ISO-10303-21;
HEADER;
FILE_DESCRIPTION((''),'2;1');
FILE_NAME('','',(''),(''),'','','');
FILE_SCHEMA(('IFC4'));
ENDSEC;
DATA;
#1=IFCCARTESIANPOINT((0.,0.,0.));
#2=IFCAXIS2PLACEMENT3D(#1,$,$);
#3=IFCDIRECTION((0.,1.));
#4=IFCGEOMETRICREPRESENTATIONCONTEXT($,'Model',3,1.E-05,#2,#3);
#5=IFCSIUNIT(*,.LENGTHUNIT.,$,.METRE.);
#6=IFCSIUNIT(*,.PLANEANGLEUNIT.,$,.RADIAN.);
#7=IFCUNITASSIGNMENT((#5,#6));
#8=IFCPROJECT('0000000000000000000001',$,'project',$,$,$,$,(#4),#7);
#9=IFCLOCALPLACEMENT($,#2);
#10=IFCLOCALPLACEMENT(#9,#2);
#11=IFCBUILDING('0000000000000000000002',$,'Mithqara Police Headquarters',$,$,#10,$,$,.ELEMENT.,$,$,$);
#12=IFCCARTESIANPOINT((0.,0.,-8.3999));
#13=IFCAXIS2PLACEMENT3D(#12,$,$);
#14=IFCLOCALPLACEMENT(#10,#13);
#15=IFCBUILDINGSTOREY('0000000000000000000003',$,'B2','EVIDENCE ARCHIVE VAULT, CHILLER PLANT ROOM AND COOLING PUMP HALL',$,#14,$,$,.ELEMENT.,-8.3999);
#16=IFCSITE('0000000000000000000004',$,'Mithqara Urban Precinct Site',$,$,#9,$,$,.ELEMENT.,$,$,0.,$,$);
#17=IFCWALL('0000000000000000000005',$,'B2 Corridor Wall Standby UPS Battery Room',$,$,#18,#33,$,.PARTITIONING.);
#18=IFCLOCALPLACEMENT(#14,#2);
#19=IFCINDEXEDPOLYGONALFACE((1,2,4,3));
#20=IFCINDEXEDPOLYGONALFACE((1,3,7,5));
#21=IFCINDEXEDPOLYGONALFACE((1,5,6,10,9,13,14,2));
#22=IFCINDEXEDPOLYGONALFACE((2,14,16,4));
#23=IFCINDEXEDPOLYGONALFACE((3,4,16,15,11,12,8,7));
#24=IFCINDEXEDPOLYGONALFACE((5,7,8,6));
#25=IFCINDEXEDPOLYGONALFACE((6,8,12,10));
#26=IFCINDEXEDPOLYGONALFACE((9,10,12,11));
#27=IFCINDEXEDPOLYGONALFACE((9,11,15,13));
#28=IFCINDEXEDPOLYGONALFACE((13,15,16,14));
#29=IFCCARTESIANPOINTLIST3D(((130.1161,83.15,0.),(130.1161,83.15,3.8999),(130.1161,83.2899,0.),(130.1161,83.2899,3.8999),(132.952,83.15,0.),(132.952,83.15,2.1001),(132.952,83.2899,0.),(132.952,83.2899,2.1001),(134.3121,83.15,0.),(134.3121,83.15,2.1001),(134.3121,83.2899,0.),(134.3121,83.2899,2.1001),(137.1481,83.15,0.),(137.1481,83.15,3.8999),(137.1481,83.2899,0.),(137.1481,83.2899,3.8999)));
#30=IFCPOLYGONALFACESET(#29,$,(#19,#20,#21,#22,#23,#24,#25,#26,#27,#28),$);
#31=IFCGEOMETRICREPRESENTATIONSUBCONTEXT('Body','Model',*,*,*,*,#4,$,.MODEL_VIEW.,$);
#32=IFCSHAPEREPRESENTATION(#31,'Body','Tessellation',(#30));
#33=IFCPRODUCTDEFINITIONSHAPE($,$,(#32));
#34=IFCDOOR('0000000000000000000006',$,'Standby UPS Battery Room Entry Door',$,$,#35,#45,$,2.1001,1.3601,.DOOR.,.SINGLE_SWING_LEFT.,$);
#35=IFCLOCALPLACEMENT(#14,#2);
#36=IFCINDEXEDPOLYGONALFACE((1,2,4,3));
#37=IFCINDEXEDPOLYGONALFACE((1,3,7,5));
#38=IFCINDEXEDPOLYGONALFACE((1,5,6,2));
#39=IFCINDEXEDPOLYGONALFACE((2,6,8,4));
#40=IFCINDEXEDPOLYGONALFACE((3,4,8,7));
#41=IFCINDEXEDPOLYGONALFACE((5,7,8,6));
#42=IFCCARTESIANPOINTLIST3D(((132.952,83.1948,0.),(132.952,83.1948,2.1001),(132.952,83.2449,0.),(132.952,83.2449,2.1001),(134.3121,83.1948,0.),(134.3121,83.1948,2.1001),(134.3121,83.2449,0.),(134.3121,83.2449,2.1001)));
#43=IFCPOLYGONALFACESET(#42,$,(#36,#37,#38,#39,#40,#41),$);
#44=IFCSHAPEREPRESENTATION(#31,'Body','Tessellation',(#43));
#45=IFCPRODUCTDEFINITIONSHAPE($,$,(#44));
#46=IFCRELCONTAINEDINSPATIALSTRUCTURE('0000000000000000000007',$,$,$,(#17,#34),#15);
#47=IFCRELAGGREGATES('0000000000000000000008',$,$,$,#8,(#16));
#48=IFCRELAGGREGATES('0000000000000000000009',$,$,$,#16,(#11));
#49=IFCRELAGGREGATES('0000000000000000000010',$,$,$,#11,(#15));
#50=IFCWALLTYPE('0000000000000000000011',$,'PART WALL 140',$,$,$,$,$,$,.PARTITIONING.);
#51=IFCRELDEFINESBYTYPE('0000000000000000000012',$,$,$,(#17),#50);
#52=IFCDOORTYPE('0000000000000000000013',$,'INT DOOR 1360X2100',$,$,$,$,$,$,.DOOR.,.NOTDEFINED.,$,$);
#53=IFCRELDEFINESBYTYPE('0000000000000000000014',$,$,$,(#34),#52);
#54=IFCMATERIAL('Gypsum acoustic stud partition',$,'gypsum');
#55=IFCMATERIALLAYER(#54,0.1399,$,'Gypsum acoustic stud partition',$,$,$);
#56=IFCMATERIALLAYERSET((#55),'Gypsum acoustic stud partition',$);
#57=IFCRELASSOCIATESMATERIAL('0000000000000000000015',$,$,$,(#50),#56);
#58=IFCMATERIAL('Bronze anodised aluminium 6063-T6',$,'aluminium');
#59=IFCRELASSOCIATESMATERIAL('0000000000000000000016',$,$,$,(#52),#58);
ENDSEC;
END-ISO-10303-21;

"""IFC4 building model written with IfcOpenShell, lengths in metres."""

from ifc_helpers import new_model, si_unit, direction, frame, frame_2d, origin, place, context, subcontext, project, spatial, rectangle, extrude, material, layer, layer_set, type_object, element, fill, save


model = new_model("IFC4")

# Units and contexts
model_context = context("Model", 3, precision=1e-05, world=origin(), true_north=direction((0.0, 1.0)))
body_context = subcontext(model_context, "Body", "Model", "MODEL_VIEW")
ifc_project = project(units=[si_unit("LENGTHUNIT", "METRE"), si_unit("PLANEANGLEUNIT", "RADIAN")], contexts=[model_context])

# Site, building, storey
site_placement = place(None, origin())
site = spatial("IfcSite", under=ifc_project, at=site_placement, Name="Mithqara Urban Precinct Site", CompositionType="ELEMENT", RefElevation=0.0)
building_placement = place(site_placement, origin())
building = spatial("IfcBuilding", under=site, at=building_placement, Name="Mithqara Police Headquarters", CompositionType="ELEMENT")
storey_placement = place(building_placement, frame((0.0, 0.0, -8.3999)))
storey = spatial("IfcBuildingStorey", under=building, at=storey_placement, Name="B2", Description="EVIDENCE ARCHIVE VAULT, CHILLER PLANT ROOM AND COOLING PUMP HALL", CompositionType="ELEMENT", Elevation=-8.3999)

# Shared definitions
ifc_material_1 = material(Name="Gypsum acoustic stud partition", Category="gypsum")
ifc_layer = layer(ifc_material_1, 0.1399, Name="Gypsum acoustic stud partition")
ifc_layer_set = layer_set([ifc_layer], Name="Gypsum acoustic stud partition")
wall_type = type_object("IfcWallType", Name="PART WALL 140", PredefinedType="PARTITIONING", material=ifc_layer_set)

# Wall, opening, door
wall_1_placement = place(storey_placement, frame((130.116, 83.22, 0.0), z_axis=(0.0, 0.0, 1.0), x_axis=(1.0, 0.0, 0.0)))
wall_1 = element("IfcWall", 1, at=wall_1_placement, inside=storey, type_object=wall_type, Name="B2 Corridor Wall Standby UPS Battery Room", PredefinedType="PARTITIONING", context=body_context, shape_type="SweptSolid", body=[
    extrude(rectangle(XDim=7.032, YDim=0.1399, at=frame_2d((3.5161, 0.0))), origin(), (0.0, 0.0, 1.0), 3.8999),
])
opening_placement = place(wall_1_placement, frame((2.8359, 0.0, 0.0)))
opening = element("IfcOpeningElement", 2, at=opening_placement, cuts=wall_1, PredefinedType="OPENING", context=body_context, shape_type="SweptSolid", body=[
    extrude(rectangle(XDim=1.3601, YDim=2.1001, at=frame_2d((0.6802, 1.05))), frame((0.0, 0.0801, 0.0), z_axis=(0.0, -1.0, 0.0), x_axis=(1.0, 0.0, 0.0)), (0.0, 0.0, 1.0), 0.1599),
])
ifc_material_2 = material(Name="Bronze anodised aluminium 6063-T6", Category="aluminium")
door_type = type_object("IfcDoorType", Name="INT DOOR 1360X2100", OperationType="NOTDEFINED", PredefinedType="DOOR", material=ifc_material_2)
door_placement = place(opening_placement, origin())
door = element("IfcDoor", 3, at=door_placement, inside=storey, type_object=door_type, Name="Standby UPS Battery Room Entry Door", OperationType="SINGLE_SWING_LEFT", OverallHeight=2.1001, OverallWidth=1.3601, PredefinedType="DOOR", context=body_context, shape_type="SweptSolid", body=[
    extrude(rectangle(XDim=1.3601, YDim=2.1001, at=frame_2d((0.6802, 1.05))), frame((0.0, 0.0249, 0.0), z_axis=(0.0, -1.0, 0.0), x_axis=(1.0, 0.0, 0.0)), (0.0, 0.0, 1.0), 0.05),
])
fill(opening, door)

save(model, "model.ifc")
